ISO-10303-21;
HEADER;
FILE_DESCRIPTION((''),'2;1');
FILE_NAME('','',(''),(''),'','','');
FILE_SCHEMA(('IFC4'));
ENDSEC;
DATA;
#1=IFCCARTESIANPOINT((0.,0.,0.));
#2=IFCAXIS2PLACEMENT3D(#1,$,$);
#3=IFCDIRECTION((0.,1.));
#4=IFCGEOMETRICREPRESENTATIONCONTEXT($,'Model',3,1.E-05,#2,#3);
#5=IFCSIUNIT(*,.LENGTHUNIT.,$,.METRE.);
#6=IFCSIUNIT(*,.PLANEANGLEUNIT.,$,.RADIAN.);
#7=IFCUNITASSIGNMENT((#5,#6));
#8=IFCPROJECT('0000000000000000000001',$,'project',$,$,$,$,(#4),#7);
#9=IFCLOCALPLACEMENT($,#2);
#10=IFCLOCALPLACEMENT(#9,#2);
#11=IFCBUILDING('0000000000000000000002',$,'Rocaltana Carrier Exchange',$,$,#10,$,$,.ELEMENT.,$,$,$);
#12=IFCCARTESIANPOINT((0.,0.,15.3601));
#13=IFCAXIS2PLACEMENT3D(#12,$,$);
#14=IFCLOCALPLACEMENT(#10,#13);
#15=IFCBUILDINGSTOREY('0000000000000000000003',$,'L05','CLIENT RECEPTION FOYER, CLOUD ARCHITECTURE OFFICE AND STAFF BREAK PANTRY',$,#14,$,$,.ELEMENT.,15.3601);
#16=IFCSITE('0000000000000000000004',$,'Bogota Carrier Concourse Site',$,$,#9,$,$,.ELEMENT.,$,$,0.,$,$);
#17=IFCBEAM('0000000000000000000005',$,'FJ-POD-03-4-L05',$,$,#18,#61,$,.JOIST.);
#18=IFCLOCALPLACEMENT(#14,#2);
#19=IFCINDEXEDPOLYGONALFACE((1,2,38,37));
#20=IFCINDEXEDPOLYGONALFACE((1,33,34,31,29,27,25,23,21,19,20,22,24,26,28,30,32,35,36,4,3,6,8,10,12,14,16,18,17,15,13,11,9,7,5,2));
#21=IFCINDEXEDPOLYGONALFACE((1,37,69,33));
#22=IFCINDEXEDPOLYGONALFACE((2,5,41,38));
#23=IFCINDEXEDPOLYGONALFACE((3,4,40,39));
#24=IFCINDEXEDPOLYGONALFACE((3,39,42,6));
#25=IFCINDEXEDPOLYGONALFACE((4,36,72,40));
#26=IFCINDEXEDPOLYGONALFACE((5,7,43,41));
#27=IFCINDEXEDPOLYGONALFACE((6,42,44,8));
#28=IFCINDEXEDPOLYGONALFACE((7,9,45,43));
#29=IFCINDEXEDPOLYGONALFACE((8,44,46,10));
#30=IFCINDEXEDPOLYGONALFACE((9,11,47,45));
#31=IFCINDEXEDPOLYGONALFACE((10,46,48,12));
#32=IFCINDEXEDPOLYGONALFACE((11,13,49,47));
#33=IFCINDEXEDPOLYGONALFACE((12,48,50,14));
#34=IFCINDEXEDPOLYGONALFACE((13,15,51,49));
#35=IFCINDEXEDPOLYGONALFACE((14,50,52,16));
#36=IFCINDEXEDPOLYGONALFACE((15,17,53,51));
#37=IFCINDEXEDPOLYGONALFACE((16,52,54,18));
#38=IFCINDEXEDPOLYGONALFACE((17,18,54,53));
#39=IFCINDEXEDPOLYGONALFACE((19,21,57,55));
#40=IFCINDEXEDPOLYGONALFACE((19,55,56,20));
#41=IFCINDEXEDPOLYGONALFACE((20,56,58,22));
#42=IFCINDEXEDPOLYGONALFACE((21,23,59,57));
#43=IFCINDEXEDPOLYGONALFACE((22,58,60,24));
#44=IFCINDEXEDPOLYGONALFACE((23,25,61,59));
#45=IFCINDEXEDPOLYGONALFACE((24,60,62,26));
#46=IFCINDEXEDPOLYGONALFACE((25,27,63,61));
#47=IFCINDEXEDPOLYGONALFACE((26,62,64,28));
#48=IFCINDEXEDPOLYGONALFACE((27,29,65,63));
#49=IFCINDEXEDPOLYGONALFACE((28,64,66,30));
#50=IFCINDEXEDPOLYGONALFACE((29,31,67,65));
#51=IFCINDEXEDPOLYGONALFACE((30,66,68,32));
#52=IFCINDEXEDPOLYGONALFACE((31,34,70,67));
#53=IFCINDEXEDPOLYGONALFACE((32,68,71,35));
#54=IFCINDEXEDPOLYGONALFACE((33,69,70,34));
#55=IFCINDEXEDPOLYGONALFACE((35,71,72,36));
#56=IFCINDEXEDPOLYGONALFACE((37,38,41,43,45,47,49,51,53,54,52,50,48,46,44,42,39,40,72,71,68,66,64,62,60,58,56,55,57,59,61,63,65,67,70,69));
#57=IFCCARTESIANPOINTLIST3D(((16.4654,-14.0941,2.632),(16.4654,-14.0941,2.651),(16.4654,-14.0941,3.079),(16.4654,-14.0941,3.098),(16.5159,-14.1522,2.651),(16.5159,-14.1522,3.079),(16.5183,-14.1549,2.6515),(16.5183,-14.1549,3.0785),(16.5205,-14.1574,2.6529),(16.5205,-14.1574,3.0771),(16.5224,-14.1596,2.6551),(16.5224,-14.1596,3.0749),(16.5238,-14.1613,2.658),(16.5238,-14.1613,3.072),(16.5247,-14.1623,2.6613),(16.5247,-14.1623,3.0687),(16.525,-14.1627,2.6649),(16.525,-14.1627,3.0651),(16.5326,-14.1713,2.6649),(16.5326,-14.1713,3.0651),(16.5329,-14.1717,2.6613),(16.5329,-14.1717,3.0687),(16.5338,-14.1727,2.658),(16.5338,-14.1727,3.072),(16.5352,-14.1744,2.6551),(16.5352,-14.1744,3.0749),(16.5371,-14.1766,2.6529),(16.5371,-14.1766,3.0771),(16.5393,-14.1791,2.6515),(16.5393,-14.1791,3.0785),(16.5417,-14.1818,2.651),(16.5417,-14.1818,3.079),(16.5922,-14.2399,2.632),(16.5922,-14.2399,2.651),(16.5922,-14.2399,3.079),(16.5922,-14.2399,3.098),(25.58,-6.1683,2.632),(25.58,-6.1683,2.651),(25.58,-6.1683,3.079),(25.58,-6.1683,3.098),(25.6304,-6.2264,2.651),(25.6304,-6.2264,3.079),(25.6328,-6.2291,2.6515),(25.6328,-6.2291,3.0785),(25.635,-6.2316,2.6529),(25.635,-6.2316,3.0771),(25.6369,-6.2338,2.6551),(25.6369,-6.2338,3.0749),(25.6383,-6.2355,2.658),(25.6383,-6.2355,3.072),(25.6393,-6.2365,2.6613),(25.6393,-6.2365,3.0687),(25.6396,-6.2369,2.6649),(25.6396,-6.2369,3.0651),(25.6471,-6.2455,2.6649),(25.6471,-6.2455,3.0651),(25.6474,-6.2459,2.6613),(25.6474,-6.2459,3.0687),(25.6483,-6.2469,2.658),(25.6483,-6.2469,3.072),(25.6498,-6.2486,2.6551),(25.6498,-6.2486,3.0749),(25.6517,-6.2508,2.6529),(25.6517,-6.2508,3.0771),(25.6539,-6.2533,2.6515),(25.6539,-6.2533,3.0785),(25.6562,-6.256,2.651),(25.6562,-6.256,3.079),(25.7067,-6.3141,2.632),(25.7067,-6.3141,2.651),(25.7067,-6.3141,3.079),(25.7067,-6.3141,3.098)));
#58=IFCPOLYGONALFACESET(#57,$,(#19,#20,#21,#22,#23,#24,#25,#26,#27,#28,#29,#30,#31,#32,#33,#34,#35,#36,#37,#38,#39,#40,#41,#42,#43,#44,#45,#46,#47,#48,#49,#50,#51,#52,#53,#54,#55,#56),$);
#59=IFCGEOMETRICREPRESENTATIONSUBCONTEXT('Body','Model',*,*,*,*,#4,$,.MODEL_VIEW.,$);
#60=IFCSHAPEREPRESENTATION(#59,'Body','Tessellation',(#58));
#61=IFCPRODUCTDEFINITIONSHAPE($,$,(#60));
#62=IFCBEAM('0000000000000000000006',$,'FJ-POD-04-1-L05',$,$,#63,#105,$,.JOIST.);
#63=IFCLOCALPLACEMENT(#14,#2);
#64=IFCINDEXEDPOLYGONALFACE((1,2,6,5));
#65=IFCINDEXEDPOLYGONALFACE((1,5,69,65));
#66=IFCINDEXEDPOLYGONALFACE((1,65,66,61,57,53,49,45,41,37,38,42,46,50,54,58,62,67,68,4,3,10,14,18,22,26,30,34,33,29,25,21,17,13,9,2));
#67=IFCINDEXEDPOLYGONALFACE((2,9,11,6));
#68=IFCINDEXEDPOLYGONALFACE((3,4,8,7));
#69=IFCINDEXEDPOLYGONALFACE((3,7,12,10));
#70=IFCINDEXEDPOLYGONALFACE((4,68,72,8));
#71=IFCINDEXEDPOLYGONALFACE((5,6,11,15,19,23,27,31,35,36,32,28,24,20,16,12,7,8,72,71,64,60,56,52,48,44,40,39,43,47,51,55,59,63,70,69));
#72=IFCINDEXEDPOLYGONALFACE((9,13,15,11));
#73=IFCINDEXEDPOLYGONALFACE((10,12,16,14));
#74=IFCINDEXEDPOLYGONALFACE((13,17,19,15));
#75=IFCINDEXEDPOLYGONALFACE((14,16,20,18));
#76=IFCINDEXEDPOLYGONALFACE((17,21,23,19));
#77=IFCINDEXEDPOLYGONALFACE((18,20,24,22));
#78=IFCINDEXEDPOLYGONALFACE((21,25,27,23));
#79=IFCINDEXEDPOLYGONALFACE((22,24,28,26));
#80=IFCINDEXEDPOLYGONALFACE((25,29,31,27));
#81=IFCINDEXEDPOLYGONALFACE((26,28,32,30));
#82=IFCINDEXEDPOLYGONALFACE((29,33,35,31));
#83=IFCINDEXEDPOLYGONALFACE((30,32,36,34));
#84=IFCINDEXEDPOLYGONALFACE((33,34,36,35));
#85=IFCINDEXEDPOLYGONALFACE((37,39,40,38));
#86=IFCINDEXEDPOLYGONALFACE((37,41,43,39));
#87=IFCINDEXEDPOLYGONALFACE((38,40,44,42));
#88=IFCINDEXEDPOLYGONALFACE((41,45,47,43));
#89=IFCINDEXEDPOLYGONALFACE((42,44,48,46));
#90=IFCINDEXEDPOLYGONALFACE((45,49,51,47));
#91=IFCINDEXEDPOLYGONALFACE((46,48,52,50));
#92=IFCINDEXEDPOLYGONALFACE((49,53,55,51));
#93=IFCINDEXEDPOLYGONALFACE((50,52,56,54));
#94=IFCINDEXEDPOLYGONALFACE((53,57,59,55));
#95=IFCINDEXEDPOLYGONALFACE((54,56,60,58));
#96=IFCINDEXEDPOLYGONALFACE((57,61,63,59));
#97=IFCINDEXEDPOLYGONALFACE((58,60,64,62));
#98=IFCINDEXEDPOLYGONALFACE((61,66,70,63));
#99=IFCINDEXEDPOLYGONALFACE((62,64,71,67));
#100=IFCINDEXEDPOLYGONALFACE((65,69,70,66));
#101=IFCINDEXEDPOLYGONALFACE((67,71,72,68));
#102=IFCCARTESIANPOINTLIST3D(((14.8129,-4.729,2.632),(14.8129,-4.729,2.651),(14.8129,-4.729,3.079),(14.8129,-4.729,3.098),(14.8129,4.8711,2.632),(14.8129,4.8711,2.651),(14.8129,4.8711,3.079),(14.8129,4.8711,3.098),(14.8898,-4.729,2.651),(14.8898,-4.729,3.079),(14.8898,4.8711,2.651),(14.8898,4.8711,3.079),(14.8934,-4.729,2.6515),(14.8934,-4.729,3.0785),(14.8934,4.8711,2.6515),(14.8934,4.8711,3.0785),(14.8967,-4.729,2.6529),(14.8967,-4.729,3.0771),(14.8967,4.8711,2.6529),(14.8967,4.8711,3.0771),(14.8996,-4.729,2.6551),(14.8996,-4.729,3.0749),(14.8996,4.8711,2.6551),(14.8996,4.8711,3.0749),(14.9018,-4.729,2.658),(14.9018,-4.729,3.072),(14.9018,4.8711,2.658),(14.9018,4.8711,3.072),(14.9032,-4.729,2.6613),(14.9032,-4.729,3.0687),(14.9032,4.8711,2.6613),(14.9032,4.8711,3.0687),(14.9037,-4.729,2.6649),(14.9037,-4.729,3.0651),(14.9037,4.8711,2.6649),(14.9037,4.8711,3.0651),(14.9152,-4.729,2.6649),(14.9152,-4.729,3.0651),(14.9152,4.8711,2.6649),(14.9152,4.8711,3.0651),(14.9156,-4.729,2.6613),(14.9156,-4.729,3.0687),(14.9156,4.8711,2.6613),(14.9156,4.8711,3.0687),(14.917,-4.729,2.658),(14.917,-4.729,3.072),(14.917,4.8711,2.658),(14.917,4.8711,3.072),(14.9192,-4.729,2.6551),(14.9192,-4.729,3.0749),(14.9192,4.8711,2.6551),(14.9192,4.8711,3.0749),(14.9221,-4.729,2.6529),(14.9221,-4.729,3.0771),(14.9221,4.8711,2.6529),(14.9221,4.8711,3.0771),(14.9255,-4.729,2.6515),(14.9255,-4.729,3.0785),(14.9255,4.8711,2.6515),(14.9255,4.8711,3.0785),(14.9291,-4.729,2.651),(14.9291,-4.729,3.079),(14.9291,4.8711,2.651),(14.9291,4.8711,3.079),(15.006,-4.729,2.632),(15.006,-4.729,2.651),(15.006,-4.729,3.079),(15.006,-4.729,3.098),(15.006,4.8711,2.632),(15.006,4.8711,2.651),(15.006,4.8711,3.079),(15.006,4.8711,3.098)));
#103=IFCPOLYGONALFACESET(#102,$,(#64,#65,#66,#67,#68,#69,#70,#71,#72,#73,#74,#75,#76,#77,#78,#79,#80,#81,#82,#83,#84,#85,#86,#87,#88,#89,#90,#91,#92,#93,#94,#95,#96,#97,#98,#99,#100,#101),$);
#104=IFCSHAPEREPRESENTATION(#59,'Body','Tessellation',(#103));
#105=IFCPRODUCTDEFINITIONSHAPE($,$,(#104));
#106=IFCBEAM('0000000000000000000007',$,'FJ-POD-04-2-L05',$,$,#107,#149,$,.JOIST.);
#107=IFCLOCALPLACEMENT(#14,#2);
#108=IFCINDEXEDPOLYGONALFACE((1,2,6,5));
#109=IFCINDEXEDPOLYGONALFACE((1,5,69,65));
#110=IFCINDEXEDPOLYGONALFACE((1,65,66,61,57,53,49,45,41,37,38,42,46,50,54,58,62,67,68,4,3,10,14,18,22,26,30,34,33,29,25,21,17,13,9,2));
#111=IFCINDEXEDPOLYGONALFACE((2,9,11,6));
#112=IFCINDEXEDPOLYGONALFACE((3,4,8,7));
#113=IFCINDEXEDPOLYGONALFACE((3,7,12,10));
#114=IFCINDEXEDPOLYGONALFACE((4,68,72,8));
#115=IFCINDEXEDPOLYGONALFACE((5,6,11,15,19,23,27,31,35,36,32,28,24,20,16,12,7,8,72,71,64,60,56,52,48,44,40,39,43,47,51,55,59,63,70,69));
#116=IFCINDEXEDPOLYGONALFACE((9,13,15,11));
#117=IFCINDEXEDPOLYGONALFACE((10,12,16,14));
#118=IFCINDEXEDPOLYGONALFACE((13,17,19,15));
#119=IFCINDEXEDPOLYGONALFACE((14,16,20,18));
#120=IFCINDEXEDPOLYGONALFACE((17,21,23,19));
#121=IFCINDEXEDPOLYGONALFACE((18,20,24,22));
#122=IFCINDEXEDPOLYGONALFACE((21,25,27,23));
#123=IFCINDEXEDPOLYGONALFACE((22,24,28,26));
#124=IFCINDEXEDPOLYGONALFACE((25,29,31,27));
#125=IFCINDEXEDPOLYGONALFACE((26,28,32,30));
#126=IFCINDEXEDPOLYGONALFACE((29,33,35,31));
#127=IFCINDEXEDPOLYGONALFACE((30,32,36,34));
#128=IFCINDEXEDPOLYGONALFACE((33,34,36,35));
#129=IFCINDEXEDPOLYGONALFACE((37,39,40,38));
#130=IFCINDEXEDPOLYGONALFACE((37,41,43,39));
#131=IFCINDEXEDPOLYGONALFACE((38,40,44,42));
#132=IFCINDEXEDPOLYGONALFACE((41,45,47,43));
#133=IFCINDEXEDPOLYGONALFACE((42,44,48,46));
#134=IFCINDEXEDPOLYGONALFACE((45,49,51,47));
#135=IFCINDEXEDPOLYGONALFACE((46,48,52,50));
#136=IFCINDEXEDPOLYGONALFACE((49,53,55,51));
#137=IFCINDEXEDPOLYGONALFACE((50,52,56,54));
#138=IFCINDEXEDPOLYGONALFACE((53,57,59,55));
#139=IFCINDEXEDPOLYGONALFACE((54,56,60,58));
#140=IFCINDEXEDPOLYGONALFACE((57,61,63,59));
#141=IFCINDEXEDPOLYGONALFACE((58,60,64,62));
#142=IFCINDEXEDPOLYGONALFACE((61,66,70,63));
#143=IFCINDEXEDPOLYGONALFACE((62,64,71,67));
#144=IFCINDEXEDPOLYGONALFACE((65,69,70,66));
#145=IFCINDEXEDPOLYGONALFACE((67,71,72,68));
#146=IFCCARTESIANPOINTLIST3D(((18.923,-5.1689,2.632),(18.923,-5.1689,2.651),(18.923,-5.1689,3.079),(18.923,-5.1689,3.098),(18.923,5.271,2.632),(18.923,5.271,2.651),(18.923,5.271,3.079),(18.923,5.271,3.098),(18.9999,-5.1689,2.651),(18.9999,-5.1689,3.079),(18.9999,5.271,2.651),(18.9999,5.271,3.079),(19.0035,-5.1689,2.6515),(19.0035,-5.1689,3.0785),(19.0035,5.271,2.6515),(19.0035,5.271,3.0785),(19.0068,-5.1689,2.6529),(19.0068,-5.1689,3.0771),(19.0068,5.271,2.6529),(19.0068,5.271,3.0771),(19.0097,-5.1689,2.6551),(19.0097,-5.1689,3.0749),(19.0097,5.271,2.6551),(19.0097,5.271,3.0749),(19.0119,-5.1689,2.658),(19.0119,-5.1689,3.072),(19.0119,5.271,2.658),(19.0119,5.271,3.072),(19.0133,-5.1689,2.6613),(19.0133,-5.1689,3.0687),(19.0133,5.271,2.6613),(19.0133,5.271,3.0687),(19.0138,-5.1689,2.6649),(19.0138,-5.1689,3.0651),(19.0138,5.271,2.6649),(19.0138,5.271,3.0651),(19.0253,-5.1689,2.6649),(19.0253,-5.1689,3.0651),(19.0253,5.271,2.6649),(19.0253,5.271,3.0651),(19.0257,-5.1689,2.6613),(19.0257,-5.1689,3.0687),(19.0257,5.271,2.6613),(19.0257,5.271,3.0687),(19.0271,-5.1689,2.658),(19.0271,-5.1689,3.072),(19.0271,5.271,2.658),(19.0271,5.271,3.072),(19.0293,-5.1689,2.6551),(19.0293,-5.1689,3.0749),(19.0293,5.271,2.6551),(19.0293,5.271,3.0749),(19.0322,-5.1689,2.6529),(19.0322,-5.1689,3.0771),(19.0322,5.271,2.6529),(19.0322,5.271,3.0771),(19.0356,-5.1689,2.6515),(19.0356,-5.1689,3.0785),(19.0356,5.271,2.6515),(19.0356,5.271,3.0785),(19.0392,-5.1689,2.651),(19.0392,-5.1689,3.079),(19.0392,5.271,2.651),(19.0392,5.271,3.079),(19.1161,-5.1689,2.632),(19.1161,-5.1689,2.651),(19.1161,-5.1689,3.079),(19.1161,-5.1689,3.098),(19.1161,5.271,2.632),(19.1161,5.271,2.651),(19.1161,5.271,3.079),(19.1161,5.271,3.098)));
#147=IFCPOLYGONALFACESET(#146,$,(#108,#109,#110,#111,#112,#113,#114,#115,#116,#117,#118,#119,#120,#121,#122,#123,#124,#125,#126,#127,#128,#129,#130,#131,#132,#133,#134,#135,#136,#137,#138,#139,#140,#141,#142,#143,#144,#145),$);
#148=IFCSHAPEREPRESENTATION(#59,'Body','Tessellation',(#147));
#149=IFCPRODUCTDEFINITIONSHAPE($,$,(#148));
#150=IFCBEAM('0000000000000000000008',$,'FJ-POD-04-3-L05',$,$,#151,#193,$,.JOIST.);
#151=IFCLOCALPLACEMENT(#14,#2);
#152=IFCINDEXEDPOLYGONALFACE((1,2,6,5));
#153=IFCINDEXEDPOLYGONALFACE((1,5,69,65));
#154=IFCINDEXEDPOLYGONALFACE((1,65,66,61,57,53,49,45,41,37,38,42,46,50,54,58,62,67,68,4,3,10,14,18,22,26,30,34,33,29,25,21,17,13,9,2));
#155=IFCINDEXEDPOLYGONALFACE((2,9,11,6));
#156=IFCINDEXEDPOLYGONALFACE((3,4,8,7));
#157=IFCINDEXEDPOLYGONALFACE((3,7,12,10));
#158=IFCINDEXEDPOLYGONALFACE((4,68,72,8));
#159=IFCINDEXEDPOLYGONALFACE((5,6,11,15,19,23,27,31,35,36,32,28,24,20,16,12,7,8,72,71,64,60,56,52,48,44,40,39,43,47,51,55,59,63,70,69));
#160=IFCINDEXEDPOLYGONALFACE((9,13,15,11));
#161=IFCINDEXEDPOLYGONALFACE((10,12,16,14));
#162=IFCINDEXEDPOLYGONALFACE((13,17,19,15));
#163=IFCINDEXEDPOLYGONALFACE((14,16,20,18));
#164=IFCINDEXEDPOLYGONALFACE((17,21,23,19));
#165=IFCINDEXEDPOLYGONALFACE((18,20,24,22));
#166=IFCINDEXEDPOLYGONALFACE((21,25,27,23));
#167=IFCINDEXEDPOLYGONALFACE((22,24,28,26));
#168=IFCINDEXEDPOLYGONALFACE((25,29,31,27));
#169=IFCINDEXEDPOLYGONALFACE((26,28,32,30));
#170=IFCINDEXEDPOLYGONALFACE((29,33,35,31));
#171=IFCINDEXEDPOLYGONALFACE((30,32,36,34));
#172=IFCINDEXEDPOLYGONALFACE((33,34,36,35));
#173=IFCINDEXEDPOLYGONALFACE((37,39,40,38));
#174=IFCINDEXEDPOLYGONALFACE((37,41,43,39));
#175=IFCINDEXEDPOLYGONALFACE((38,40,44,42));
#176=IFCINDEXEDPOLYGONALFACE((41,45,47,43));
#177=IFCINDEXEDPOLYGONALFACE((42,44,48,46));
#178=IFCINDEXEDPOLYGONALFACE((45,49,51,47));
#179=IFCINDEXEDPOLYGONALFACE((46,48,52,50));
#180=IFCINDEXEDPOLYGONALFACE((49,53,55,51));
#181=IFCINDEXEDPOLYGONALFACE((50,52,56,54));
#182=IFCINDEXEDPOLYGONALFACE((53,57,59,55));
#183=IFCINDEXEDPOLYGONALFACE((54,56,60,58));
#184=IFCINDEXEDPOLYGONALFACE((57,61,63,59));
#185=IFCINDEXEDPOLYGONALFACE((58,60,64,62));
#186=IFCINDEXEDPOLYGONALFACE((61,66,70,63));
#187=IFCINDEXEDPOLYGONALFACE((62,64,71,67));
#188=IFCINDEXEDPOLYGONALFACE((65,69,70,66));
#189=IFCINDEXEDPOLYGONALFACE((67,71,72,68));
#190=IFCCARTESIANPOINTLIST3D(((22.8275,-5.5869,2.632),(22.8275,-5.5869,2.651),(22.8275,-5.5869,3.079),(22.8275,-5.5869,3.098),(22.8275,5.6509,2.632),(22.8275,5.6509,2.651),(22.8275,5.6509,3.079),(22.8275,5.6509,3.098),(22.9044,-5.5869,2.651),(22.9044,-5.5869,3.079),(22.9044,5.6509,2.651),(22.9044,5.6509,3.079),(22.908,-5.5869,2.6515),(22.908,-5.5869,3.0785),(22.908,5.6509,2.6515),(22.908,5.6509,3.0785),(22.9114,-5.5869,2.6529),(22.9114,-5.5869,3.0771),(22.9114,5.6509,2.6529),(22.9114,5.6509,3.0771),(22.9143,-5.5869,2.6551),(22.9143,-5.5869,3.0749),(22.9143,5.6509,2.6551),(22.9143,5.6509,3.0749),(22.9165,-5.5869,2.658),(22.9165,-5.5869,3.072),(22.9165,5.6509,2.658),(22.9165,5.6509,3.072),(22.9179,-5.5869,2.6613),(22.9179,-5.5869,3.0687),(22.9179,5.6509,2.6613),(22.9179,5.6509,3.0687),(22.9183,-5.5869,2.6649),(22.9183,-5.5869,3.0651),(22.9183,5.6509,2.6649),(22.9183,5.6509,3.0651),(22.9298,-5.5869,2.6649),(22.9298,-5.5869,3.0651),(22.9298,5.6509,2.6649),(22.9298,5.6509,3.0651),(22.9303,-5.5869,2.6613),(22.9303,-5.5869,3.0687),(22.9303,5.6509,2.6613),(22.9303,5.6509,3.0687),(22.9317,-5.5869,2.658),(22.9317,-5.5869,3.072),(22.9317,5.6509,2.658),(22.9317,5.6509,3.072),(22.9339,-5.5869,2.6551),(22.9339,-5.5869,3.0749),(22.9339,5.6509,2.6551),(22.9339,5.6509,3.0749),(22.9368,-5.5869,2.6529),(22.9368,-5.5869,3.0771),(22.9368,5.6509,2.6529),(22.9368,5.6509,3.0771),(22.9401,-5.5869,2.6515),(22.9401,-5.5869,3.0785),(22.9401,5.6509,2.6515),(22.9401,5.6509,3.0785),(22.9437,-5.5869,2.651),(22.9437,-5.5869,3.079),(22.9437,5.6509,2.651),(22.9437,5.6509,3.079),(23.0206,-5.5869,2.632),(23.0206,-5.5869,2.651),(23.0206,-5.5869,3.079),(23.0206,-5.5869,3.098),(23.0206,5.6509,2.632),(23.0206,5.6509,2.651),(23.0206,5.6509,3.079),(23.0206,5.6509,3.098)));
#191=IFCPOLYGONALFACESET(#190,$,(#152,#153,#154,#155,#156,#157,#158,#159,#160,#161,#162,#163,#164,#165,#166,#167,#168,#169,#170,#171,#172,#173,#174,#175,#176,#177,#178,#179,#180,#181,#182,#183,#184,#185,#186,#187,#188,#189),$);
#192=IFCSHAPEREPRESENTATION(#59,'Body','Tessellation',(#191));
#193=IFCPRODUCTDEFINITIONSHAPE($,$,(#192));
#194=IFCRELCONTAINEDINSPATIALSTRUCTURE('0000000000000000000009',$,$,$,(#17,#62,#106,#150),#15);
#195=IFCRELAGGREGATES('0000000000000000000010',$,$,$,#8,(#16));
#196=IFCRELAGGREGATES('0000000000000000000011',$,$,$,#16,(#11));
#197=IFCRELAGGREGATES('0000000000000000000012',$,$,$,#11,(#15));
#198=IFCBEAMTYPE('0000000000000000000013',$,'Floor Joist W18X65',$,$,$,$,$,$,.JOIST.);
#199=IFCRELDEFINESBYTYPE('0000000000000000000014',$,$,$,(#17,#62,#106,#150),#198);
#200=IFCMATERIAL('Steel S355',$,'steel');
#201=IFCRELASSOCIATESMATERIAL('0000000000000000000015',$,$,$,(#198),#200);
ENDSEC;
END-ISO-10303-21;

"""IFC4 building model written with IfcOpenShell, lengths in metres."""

from ifc_helpers import new_model, si_unit, direction, frame, origin, origin_2d, place, context, subcontext, project, spatial, i_section, extrude, material, material_profile, profile_set, type_object, element, save


model = new_model("IFC4")

# Units and contexts
model_context = context("Model", 3, precision=1e-05, world=origin(), true_north=direction((0.0, 1.0)))
body_context = subcontext(model_context, "Body", "Model", "MODEL_VIEW")
ifc_project = project(units=[si_unit("LENGTHUNIT", "METRE"), si_unit("PLANEANGLEUNIT", "RADIAN")], contexts=[model_context])

# Site, building, storey
site_placement = place(None, origin())
site = spatial("IfcSite", under=ifc_project, at=site_placement, Name="Bogota Carrier Concourse Site", CompositionType="ELEMENT", RefElevation=0.0)
building_placement = place(site_placement, origin())
building = spatial("IfcBuilding", under=site, at=building_placement, Name="Rocaltana Carrier Exchange", CompositionType="ELEMENT")
storey_placement = place(building_placement, frame((0.0, 0.0, 15.3601)))
storey = spatial("IfcBuildingStorey", under=building, at=storey_placement, Name="L05", Description="CLIENT RECEPTION FOYER, CLOUD ARCHITECTURE OFFICE AND STAFF BREAK PANTRY", CompositionType="ELEMENT", Elevation=15.3601)

# Beams
ifc_material_1 = material(Name="Steel S355", Category="steel")
ifc_material_profile_1 = material_profile(ifc_material_1, i_section(OverallWidth=0.1931, OverallDepth=0.4661, WebThickness=0.0115, FlangeThickness=0.019, FilletRadius=0.0139, at=origin_2d()), Name="W18X65")
ifc_profile_set_1 = profile_set([ifc_material_profile_1], Name="Steel S355")
beam_type_1 = type_object("IfcBeamType", Name="Floor Joist W18X65", PredefinedType="JOIST", material=ifc_profile_set_1)
beam_1_placement = place(storey_placement, frame((16.5288, -14.167, 2.865), z_axis=(0.7546, 0.656185, 0.0), x_axis=(-0.656185, 0.7546, 0.0)))
element("IfcBeam", 1, at=beam_1_placement, inside=storey, type_object=beam_type_1, Name="FJ-POD-03-4-L05", PredefinedType="JOIST", context=body_context, shape_type="SweptSolid", body=[
    extrude(i_section(OverallWidth=0.1931, OverallDepth=0.4661, WebThickness=0.0115, FlangeThickness=0.019, FilletRadius=0.0139, at=origin_2d()), origin(), (0.0, 0.0, 1.0), 12.0786),
])
beam_2_placement = place(storey_placement, frame((14.9094, -4.729, 2.865), z_axis=(0.0, 1.0, 0.0), x_axis=(-1.0, 0.0, 0.0)))
element("IfcBeam", 2, at=beam_2_placement, inside=storey, type_object=beam_type_1, Name="FJ-POD-04-1-L05", PredefinedType="JOIST", context=body_context, shape_type="SweptSolid", body=[
    extrude(i_section(OverallWidth=0.1931, OverallDepth=0.4661, WebThickness=0.0115, FlangeThickness=0.019, FilletRadius=0.0139, at=origin_2d()), origin(), (0.0, 0.0, 1.0), 9.6001),
])
beam_3_placement = place(storey_placement, frame((19.0195, -5.1689, 2.865), z_axis=(0.0, 1.0, 0.0), x_axis=(-1.0, 0.0, 0.0)))
element("IfcBeam", 3, at=beam_3_placement, inside=storey, type_object=beam_type_1, Name="FJ-POD-04-2-L05", PredefinedType="JOIST", context=body_context, shape_type="SweptSolid", body=[
    extrude(i_section(OverallWidth=0.1931, OverallDepth=0.4661, WebThickness=0.0115, FlangeThickness=0.019, FilletRadius=0.0139, at=origin_2d()), origin(), (0.0, 0.0, 1.0), 10.4399),
])
beam_4_placement = place(storey_placement, frame((22.9241, -5.5869, 2.865), z_axis=(0.0, 1.0, 0.0), x_axis=(-1.0, 0.0, 0.0)))
element("IfcBeam", 4, at=beam_4_placement, inside=storey, type_object=beam_type_1, Name="FJ-POD-04-3-L05", PredefinedType="JOIST", context=body_context, shape_type="SweptSolid", body=[
    extrude(i_section(OverallWidth=0.1931, OverallDepth=0.4661, WebThickness=0.0115, FlangeThickness=0.019, FilletRadius=0.0139, at=origin_2d()), origin(), (0.0, 0.0, 1.0), 11.2378),
])

save(model, "model.ifc")
